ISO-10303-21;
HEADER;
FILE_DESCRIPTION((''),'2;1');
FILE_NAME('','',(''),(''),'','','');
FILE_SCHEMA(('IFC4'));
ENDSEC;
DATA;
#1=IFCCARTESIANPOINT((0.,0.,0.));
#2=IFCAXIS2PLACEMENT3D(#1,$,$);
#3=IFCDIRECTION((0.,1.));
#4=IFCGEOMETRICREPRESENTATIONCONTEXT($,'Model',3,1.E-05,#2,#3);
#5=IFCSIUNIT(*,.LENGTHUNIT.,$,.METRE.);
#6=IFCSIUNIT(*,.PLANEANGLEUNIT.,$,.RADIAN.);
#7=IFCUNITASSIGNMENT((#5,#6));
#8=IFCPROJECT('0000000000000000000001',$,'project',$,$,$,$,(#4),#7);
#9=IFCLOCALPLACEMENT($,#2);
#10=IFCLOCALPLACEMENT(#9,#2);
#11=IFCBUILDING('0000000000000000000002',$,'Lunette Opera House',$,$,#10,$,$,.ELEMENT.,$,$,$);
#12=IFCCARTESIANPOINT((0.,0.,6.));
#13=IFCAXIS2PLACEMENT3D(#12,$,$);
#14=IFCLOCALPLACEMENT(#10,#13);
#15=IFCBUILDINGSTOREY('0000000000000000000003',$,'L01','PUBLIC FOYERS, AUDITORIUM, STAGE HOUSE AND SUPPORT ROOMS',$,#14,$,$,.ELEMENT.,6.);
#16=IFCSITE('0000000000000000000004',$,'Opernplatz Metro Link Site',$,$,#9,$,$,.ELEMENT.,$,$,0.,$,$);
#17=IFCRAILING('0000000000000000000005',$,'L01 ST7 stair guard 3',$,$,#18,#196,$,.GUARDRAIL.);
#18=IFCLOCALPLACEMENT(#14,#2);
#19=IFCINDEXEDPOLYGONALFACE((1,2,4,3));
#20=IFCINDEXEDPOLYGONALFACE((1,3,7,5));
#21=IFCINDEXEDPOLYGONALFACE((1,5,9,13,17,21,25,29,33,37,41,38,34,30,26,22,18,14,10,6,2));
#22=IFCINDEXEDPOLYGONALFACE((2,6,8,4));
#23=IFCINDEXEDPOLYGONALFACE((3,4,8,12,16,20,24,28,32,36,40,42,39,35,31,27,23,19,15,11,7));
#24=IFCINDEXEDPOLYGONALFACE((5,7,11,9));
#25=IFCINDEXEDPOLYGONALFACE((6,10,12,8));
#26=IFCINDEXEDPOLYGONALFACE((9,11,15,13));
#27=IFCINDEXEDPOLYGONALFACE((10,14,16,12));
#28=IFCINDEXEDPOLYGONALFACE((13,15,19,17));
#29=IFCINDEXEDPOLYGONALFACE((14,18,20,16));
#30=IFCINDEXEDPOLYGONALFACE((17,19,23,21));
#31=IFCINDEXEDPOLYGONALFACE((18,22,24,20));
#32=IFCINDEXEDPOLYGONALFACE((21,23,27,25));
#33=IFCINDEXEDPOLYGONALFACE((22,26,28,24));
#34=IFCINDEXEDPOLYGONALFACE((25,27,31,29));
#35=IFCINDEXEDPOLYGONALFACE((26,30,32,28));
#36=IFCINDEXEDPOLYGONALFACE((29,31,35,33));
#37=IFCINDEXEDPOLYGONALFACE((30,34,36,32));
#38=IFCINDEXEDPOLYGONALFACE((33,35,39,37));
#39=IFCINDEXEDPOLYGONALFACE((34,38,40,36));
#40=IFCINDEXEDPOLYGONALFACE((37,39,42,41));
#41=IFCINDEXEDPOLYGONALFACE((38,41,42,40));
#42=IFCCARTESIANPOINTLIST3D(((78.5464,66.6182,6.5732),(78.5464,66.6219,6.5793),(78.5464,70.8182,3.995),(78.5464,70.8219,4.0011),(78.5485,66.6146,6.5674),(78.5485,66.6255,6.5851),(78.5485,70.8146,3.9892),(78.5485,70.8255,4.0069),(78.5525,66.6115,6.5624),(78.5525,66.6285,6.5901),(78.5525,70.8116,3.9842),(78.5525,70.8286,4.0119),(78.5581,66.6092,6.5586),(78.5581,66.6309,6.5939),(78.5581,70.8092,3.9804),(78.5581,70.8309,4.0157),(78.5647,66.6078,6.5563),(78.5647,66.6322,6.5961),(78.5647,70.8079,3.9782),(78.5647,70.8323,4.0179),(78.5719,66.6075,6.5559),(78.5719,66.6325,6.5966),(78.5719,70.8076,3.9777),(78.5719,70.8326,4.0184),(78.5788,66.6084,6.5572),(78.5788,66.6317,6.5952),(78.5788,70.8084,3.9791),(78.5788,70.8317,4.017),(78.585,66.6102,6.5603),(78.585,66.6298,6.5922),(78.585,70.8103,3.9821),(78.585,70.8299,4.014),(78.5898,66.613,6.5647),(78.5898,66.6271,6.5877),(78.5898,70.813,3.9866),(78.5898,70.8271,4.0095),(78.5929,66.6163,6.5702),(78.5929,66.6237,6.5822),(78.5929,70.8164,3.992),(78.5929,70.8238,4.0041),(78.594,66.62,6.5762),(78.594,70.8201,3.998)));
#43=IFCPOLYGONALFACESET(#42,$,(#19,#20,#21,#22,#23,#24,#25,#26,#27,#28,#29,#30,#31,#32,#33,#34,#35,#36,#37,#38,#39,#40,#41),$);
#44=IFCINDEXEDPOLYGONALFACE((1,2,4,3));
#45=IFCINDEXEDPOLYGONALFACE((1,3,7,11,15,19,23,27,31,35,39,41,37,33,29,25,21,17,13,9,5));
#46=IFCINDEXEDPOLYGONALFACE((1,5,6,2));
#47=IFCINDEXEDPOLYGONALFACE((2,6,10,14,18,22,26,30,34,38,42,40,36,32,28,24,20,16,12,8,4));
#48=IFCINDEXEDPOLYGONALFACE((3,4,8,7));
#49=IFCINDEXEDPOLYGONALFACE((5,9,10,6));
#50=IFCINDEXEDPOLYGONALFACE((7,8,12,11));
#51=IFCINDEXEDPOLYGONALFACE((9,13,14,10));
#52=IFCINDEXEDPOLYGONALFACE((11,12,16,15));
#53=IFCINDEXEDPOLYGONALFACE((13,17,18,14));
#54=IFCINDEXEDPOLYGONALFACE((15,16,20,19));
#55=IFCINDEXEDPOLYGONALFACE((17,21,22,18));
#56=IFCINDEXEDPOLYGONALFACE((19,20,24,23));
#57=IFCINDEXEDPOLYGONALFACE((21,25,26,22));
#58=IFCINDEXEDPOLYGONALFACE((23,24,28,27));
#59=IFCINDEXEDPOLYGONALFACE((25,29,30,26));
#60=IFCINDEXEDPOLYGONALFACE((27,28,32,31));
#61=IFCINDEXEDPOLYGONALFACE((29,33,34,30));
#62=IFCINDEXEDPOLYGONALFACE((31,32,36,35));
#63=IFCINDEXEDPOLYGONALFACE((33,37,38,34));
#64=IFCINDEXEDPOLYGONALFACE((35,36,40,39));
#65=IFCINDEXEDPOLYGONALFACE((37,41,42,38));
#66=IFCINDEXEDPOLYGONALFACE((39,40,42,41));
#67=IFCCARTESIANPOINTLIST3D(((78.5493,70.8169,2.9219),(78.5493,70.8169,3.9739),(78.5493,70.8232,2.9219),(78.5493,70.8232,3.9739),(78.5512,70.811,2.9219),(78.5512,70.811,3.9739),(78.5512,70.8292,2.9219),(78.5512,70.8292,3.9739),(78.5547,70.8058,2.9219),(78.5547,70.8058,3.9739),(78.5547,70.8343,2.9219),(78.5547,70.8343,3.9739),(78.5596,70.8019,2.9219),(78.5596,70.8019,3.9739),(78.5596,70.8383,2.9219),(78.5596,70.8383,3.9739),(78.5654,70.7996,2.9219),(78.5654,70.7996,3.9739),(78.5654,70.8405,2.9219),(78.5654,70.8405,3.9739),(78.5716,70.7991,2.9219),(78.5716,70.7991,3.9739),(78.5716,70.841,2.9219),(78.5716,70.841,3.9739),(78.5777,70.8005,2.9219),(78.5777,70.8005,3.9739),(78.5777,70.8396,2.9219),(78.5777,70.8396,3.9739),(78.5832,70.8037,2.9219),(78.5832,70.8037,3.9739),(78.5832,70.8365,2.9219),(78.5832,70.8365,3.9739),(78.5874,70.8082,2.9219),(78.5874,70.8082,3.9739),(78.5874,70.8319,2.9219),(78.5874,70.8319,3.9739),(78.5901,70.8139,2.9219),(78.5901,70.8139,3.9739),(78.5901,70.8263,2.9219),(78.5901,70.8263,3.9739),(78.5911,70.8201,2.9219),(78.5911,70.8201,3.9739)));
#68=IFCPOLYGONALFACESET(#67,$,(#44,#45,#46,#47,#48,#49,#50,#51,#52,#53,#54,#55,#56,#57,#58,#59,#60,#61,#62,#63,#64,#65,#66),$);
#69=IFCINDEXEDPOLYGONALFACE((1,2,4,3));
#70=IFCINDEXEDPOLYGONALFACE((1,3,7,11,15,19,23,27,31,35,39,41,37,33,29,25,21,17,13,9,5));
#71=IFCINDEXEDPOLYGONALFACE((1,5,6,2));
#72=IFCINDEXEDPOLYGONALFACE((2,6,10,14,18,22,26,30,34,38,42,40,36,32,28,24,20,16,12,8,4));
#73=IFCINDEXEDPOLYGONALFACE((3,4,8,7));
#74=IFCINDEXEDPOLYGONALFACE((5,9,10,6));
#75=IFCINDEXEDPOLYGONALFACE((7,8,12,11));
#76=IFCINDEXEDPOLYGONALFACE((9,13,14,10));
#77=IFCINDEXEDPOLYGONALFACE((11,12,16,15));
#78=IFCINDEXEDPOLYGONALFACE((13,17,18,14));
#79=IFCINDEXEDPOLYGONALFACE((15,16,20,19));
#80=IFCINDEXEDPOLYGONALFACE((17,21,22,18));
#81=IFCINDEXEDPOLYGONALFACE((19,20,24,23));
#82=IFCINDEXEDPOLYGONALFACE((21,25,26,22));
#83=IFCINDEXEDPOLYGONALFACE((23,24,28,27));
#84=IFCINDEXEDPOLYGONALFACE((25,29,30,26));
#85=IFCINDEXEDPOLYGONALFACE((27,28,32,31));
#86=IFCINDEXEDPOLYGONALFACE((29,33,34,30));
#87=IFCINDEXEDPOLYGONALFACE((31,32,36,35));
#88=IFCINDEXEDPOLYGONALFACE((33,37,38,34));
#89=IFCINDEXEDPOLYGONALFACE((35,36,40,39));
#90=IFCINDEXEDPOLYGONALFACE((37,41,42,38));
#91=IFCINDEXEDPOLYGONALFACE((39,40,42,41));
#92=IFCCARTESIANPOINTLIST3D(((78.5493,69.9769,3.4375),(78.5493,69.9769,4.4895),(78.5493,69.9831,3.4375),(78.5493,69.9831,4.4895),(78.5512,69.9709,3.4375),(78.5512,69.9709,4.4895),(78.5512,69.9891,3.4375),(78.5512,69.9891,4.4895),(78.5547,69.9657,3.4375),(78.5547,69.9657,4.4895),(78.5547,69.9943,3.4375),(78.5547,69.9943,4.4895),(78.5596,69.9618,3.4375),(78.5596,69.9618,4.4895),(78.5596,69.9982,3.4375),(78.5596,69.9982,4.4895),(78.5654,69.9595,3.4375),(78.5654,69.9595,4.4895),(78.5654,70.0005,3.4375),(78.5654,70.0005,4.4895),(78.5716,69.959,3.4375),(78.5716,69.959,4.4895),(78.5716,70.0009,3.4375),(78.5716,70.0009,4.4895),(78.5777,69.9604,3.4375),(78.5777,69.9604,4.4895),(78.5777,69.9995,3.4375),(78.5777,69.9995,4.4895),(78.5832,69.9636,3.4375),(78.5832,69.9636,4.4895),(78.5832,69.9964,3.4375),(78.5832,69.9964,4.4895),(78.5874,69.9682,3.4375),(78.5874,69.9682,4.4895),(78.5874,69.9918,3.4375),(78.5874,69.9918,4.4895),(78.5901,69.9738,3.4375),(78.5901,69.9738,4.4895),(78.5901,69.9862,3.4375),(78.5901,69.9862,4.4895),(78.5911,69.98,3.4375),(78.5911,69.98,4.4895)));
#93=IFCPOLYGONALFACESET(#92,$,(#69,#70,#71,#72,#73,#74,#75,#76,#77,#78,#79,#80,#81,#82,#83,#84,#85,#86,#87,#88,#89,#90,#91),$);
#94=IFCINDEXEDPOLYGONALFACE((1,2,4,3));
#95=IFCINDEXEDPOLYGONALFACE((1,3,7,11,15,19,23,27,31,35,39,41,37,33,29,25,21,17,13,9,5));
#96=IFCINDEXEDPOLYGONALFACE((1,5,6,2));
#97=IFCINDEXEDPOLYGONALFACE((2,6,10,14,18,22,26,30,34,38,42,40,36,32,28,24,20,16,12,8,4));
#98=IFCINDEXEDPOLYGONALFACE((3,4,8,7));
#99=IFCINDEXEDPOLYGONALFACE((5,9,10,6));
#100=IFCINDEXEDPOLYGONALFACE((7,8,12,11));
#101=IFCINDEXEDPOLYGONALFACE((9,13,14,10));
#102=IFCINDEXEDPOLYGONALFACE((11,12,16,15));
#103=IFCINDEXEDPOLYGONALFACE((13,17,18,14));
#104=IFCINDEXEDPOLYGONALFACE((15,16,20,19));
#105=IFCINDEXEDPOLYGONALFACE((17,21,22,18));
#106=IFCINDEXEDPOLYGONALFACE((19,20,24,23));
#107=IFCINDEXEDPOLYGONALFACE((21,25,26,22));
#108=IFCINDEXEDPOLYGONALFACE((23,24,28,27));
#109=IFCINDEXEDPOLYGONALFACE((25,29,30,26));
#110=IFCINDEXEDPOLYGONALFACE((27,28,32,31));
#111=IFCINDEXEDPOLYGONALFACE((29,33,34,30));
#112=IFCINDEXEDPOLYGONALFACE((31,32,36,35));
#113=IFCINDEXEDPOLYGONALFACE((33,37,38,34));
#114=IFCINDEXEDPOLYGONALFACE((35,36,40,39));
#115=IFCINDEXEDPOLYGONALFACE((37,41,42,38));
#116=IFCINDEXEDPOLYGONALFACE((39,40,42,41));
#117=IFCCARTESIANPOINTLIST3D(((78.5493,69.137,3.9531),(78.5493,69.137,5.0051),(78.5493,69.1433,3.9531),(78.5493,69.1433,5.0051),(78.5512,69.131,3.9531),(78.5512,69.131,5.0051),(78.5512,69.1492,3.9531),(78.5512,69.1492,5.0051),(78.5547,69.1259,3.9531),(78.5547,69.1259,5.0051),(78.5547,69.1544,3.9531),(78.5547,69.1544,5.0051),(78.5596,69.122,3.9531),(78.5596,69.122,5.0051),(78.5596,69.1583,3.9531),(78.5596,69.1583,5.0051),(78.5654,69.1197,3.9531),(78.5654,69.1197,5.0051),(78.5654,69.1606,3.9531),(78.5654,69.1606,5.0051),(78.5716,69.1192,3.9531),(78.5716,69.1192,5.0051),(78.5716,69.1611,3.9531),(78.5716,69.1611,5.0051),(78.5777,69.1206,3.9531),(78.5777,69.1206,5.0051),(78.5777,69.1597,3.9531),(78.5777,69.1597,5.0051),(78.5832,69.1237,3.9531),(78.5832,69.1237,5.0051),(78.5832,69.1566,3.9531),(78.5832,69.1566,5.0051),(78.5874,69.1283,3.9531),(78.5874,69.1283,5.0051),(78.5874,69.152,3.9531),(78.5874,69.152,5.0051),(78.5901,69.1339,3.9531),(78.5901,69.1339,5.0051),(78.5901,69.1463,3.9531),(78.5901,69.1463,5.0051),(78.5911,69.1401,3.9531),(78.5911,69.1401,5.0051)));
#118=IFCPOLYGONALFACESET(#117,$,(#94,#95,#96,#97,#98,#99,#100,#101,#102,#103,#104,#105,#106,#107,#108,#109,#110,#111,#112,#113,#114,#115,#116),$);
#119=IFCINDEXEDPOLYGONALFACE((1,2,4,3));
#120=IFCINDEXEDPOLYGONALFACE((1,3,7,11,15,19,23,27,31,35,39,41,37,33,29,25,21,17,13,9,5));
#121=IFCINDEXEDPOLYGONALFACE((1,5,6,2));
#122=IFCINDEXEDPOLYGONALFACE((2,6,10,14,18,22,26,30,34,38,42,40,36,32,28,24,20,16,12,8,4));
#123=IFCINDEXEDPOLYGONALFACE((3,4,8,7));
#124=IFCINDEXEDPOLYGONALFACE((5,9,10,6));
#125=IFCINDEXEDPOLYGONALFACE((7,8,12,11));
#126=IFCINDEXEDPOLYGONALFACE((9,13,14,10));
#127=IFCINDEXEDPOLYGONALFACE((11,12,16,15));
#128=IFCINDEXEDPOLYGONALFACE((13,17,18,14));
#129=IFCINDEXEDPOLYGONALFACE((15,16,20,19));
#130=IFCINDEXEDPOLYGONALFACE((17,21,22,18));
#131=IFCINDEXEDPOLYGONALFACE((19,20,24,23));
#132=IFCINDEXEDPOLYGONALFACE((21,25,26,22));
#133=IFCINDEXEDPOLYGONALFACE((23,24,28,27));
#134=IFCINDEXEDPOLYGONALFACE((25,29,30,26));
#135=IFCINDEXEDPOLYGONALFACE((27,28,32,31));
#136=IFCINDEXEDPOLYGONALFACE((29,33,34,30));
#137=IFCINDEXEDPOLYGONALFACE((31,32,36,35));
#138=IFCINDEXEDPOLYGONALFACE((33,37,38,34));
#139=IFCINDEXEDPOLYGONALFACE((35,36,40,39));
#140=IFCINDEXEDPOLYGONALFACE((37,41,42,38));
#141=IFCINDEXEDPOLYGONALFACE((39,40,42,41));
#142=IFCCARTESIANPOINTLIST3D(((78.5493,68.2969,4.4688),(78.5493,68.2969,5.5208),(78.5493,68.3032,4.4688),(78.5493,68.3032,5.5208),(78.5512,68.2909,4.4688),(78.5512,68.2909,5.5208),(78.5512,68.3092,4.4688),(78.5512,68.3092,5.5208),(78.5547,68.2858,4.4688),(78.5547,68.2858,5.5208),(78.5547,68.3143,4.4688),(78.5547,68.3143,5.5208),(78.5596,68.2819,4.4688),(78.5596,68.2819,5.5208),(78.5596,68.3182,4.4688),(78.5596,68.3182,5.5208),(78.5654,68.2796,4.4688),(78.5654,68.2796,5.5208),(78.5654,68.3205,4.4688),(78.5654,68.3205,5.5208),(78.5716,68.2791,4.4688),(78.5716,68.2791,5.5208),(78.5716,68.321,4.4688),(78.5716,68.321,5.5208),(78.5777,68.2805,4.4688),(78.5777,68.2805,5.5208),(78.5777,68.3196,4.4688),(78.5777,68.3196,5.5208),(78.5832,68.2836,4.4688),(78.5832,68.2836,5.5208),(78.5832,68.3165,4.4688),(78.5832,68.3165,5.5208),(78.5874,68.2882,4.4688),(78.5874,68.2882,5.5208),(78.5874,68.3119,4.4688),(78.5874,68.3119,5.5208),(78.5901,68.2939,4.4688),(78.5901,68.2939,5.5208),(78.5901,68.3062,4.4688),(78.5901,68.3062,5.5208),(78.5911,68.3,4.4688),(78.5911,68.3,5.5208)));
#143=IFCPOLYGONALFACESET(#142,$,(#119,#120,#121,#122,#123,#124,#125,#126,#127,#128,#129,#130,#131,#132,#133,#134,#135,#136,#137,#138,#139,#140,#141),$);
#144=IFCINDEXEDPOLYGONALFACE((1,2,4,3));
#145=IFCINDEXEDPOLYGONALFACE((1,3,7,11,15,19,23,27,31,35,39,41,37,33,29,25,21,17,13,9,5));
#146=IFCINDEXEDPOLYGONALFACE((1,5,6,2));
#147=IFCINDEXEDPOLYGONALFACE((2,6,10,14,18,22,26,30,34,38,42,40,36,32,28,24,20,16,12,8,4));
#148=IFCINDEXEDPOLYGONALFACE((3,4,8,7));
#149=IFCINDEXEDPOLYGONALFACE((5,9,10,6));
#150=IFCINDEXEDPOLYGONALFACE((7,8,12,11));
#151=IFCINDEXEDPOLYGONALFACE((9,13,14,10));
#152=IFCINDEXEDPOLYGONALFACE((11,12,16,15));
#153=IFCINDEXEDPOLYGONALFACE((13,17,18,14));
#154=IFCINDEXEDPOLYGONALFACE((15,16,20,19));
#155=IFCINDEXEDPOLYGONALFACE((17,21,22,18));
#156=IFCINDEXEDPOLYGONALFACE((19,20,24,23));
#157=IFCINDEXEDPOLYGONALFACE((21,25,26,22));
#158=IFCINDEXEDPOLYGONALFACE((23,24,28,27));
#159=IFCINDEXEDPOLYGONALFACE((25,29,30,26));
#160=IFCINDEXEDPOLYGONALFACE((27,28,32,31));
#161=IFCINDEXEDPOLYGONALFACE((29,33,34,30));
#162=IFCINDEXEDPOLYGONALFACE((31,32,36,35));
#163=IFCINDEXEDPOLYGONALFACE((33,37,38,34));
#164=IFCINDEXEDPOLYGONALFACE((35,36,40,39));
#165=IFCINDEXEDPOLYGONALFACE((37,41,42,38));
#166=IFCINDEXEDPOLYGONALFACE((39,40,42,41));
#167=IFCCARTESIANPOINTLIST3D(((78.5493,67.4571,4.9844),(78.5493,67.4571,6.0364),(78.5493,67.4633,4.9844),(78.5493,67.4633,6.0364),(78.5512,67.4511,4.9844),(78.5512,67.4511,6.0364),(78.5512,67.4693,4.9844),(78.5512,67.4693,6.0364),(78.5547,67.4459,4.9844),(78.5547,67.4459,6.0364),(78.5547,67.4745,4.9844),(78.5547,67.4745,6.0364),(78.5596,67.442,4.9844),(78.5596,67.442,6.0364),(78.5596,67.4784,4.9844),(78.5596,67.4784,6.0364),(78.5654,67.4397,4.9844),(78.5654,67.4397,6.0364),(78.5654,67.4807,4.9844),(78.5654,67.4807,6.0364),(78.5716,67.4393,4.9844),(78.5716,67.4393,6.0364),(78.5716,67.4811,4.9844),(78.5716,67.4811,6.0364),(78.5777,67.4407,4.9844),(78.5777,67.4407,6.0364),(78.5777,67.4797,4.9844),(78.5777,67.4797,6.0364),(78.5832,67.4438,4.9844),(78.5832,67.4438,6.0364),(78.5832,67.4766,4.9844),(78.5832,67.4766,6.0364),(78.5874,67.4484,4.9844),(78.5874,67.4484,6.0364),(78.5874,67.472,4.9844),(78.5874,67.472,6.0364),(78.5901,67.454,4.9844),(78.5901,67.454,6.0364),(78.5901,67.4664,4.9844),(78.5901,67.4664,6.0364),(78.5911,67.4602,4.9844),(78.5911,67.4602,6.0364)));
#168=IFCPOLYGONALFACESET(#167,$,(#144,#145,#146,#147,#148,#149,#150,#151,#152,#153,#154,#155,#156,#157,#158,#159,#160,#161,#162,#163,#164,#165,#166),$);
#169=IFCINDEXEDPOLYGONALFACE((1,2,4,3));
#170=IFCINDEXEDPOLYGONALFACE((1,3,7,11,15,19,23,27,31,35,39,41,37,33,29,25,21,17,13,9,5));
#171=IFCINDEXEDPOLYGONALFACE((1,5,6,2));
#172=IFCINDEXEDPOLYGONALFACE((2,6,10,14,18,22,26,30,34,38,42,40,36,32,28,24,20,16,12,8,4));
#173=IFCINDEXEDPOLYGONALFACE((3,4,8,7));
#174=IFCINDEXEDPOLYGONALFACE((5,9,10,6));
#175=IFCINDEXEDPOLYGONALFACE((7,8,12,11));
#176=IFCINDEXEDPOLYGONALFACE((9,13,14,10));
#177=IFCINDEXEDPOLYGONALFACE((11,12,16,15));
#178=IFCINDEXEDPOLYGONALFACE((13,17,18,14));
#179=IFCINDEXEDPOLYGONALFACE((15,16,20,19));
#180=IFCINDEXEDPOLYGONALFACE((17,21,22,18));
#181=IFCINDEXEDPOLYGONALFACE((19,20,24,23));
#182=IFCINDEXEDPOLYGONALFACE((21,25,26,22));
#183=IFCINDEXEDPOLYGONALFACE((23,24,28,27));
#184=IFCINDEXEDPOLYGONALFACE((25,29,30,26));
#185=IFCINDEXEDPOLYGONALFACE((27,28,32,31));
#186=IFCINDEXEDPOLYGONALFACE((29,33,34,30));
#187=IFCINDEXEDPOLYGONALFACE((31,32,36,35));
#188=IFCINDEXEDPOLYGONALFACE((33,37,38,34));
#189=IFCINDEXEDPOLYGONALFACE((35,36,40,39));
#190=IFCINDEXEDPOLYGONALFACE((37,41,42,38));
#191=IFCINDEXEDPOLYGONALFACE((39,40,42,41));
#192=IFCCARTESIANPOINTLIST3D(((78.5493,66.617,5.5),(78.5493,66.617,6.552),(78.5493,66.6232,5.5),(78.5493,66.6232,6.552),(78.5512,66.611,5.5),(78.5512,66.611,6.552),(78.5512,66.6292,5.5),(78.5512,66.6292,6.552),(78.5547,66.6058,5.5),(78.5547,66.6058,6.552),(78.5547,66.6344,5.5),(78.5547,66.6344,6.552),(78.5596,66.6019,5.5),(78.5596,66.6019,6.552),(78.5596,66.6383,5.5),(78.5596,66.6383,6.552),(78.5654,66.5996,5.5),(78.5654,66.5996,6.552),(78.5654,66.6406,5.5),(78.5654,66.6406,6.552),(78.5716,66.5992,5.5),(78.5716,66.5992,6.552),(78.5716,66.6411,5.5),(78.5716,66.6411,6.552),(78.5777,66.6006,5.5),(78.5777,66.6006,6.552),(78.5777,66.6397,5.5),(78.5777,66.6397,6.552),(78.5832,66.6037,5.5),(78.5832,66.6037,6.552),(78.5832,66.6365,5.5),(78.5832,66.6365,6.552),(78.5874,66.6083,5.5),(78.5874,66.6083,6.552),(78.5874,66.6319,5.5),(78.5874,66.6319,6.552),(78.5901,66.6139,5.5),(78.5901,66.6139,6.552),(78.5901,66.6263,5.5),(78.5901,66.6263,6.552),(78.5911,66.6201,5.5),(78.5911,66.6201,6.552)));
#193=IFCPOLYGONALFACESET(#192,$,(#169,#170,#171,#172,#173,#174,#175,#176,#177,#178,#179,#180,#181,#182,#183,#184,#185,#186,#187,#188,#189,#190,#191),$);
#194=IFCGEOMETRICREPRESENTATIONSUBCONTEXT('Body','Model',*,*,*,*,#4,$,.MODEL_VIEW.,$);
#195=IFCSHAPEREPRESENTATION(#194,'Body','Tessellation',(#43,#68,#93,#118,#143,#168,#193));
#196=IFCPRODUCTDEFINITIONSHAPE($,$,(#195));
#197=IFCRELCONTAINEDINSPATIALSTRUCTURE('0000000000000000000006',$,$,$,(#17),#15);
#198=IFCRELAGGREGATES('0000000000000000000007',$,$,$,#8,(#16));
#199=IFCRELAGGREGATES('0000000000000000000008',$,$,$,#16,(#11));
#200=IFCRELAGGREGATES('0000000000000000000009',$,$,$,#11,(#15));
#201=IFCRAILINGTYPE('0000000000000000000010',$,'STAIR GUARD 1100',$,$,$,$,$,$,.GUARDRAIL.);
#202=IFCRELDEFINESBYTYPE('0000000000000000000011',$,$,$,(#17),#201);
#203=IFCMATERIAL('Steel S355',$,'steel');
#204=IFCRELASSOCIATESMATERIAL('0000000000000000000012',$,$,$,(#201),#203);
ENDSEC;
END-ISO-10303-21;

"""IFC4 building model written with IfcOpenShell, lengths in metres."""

from ifc_helpers import new_model, si_unit, direction, frame, origin, origin_2d, place, context, subcontext, project, spatial, circle, extrude, material, type_object, element, save


model = new_model("IFC4")

# Units and contexts
model_context = context("Model", 3, precision=1e-05, world=origin(), true_north=direction((0.0, 1.0)))
body_context = subcontext(model_context, "Body", "Model", "MODEL_VIEW")
ifc_project = project(units=[si_unit("LENGTHUNIT", "METRE"), si_unit("PLANEANGLEUNIT", "RADIAN")], contexts=[model_context])

# Site, building, storey
site_placement = place(None, origin())
site = spatial("IfcSite", under=ifc_project, at=site_placement, Name="Opernplatz Metro Link Site", CompositionType="ELEMENT", RefElevation=0.0)
building_placement = place(site_placement, origin())
building = spatial("IfcBuilding", under=site, at=building_placement, Name="Lunette Opera House", CompositionType="ELEMENT")
storey_placement = place(building_placement, frame((0.0, 0.0, 6.0)))
storey = spatial("IfcBuildingStorey", under=building, at=storey_placement, Name="L01", Description="PUBLIC FOYERS, AUDITORIUM, STAGE HOUSE AND SUPPORT ROOMS", CompositionType="ELEMENT", Elevation=6.0)

# Railing
ifc_material_1 = material(Name="Steel S355", Category="steel")
railing_type_1 = type_object("IfcRailingType", Name="STAIR GUARD 1100", PredefinedType="GUARDRAIL", material=ifc_material_1)
railing_1_placement = place(storey_placement, frame((78.5701, 70.8201, 2.9219)))
element("IfcRailing", 1, at=railing_1_placement, inside=storey, type_object=railing_type_1, Name="L01 ST7 stair guard 3", PredefinedType="GUARDRAIL", context=body_context, shape_type="SweptSolid", body=[
    extrude(circle(Radius=0.0239, at=origin_2d()), frame((0.0, 0.0, 1.0762), z_axis=(0.0, -0.852243, 0.523146), x_axis=(1.0, 0.0, 0.0)), (0.0, 0.0, 1.0), 4.9282),
    extrude(circle(Radius=0.021, at=origin_2d()), origin(), (0.0, 0.0, 1.0), 1.052),
    extrude(circle(Radius=0.021, at=origin_2d()), frame((0.0, -0.8401, 0.5156)), (0.0, 0.0, 1.0), 1.052),
    extrude(circle(Radius=0.021, at=origin_2d()), frame((0.0, -1.6799, 1.0312)), (0.0, 0.0, 1.0), 1.052),
    extrude(circle(Radius=0.021, at=origin_2d()), frame((0.0, -2.52, 1.5469)), (0.0, 0.0, 1.0), 1.052),
    extrude(circle(Radius=0.021, at=origin_2d()), frame((0.0, -3.3599, 2.0625)), (0.0, 0.0, 1.0), 1.052),
    extrude(circle(Radius=0.021, at=origin_2d()), frame((0.0, -4.2, 2.5781)), (0.0, 0.0, 1.0), 1.052),
])

save(model, "model.ifc")
